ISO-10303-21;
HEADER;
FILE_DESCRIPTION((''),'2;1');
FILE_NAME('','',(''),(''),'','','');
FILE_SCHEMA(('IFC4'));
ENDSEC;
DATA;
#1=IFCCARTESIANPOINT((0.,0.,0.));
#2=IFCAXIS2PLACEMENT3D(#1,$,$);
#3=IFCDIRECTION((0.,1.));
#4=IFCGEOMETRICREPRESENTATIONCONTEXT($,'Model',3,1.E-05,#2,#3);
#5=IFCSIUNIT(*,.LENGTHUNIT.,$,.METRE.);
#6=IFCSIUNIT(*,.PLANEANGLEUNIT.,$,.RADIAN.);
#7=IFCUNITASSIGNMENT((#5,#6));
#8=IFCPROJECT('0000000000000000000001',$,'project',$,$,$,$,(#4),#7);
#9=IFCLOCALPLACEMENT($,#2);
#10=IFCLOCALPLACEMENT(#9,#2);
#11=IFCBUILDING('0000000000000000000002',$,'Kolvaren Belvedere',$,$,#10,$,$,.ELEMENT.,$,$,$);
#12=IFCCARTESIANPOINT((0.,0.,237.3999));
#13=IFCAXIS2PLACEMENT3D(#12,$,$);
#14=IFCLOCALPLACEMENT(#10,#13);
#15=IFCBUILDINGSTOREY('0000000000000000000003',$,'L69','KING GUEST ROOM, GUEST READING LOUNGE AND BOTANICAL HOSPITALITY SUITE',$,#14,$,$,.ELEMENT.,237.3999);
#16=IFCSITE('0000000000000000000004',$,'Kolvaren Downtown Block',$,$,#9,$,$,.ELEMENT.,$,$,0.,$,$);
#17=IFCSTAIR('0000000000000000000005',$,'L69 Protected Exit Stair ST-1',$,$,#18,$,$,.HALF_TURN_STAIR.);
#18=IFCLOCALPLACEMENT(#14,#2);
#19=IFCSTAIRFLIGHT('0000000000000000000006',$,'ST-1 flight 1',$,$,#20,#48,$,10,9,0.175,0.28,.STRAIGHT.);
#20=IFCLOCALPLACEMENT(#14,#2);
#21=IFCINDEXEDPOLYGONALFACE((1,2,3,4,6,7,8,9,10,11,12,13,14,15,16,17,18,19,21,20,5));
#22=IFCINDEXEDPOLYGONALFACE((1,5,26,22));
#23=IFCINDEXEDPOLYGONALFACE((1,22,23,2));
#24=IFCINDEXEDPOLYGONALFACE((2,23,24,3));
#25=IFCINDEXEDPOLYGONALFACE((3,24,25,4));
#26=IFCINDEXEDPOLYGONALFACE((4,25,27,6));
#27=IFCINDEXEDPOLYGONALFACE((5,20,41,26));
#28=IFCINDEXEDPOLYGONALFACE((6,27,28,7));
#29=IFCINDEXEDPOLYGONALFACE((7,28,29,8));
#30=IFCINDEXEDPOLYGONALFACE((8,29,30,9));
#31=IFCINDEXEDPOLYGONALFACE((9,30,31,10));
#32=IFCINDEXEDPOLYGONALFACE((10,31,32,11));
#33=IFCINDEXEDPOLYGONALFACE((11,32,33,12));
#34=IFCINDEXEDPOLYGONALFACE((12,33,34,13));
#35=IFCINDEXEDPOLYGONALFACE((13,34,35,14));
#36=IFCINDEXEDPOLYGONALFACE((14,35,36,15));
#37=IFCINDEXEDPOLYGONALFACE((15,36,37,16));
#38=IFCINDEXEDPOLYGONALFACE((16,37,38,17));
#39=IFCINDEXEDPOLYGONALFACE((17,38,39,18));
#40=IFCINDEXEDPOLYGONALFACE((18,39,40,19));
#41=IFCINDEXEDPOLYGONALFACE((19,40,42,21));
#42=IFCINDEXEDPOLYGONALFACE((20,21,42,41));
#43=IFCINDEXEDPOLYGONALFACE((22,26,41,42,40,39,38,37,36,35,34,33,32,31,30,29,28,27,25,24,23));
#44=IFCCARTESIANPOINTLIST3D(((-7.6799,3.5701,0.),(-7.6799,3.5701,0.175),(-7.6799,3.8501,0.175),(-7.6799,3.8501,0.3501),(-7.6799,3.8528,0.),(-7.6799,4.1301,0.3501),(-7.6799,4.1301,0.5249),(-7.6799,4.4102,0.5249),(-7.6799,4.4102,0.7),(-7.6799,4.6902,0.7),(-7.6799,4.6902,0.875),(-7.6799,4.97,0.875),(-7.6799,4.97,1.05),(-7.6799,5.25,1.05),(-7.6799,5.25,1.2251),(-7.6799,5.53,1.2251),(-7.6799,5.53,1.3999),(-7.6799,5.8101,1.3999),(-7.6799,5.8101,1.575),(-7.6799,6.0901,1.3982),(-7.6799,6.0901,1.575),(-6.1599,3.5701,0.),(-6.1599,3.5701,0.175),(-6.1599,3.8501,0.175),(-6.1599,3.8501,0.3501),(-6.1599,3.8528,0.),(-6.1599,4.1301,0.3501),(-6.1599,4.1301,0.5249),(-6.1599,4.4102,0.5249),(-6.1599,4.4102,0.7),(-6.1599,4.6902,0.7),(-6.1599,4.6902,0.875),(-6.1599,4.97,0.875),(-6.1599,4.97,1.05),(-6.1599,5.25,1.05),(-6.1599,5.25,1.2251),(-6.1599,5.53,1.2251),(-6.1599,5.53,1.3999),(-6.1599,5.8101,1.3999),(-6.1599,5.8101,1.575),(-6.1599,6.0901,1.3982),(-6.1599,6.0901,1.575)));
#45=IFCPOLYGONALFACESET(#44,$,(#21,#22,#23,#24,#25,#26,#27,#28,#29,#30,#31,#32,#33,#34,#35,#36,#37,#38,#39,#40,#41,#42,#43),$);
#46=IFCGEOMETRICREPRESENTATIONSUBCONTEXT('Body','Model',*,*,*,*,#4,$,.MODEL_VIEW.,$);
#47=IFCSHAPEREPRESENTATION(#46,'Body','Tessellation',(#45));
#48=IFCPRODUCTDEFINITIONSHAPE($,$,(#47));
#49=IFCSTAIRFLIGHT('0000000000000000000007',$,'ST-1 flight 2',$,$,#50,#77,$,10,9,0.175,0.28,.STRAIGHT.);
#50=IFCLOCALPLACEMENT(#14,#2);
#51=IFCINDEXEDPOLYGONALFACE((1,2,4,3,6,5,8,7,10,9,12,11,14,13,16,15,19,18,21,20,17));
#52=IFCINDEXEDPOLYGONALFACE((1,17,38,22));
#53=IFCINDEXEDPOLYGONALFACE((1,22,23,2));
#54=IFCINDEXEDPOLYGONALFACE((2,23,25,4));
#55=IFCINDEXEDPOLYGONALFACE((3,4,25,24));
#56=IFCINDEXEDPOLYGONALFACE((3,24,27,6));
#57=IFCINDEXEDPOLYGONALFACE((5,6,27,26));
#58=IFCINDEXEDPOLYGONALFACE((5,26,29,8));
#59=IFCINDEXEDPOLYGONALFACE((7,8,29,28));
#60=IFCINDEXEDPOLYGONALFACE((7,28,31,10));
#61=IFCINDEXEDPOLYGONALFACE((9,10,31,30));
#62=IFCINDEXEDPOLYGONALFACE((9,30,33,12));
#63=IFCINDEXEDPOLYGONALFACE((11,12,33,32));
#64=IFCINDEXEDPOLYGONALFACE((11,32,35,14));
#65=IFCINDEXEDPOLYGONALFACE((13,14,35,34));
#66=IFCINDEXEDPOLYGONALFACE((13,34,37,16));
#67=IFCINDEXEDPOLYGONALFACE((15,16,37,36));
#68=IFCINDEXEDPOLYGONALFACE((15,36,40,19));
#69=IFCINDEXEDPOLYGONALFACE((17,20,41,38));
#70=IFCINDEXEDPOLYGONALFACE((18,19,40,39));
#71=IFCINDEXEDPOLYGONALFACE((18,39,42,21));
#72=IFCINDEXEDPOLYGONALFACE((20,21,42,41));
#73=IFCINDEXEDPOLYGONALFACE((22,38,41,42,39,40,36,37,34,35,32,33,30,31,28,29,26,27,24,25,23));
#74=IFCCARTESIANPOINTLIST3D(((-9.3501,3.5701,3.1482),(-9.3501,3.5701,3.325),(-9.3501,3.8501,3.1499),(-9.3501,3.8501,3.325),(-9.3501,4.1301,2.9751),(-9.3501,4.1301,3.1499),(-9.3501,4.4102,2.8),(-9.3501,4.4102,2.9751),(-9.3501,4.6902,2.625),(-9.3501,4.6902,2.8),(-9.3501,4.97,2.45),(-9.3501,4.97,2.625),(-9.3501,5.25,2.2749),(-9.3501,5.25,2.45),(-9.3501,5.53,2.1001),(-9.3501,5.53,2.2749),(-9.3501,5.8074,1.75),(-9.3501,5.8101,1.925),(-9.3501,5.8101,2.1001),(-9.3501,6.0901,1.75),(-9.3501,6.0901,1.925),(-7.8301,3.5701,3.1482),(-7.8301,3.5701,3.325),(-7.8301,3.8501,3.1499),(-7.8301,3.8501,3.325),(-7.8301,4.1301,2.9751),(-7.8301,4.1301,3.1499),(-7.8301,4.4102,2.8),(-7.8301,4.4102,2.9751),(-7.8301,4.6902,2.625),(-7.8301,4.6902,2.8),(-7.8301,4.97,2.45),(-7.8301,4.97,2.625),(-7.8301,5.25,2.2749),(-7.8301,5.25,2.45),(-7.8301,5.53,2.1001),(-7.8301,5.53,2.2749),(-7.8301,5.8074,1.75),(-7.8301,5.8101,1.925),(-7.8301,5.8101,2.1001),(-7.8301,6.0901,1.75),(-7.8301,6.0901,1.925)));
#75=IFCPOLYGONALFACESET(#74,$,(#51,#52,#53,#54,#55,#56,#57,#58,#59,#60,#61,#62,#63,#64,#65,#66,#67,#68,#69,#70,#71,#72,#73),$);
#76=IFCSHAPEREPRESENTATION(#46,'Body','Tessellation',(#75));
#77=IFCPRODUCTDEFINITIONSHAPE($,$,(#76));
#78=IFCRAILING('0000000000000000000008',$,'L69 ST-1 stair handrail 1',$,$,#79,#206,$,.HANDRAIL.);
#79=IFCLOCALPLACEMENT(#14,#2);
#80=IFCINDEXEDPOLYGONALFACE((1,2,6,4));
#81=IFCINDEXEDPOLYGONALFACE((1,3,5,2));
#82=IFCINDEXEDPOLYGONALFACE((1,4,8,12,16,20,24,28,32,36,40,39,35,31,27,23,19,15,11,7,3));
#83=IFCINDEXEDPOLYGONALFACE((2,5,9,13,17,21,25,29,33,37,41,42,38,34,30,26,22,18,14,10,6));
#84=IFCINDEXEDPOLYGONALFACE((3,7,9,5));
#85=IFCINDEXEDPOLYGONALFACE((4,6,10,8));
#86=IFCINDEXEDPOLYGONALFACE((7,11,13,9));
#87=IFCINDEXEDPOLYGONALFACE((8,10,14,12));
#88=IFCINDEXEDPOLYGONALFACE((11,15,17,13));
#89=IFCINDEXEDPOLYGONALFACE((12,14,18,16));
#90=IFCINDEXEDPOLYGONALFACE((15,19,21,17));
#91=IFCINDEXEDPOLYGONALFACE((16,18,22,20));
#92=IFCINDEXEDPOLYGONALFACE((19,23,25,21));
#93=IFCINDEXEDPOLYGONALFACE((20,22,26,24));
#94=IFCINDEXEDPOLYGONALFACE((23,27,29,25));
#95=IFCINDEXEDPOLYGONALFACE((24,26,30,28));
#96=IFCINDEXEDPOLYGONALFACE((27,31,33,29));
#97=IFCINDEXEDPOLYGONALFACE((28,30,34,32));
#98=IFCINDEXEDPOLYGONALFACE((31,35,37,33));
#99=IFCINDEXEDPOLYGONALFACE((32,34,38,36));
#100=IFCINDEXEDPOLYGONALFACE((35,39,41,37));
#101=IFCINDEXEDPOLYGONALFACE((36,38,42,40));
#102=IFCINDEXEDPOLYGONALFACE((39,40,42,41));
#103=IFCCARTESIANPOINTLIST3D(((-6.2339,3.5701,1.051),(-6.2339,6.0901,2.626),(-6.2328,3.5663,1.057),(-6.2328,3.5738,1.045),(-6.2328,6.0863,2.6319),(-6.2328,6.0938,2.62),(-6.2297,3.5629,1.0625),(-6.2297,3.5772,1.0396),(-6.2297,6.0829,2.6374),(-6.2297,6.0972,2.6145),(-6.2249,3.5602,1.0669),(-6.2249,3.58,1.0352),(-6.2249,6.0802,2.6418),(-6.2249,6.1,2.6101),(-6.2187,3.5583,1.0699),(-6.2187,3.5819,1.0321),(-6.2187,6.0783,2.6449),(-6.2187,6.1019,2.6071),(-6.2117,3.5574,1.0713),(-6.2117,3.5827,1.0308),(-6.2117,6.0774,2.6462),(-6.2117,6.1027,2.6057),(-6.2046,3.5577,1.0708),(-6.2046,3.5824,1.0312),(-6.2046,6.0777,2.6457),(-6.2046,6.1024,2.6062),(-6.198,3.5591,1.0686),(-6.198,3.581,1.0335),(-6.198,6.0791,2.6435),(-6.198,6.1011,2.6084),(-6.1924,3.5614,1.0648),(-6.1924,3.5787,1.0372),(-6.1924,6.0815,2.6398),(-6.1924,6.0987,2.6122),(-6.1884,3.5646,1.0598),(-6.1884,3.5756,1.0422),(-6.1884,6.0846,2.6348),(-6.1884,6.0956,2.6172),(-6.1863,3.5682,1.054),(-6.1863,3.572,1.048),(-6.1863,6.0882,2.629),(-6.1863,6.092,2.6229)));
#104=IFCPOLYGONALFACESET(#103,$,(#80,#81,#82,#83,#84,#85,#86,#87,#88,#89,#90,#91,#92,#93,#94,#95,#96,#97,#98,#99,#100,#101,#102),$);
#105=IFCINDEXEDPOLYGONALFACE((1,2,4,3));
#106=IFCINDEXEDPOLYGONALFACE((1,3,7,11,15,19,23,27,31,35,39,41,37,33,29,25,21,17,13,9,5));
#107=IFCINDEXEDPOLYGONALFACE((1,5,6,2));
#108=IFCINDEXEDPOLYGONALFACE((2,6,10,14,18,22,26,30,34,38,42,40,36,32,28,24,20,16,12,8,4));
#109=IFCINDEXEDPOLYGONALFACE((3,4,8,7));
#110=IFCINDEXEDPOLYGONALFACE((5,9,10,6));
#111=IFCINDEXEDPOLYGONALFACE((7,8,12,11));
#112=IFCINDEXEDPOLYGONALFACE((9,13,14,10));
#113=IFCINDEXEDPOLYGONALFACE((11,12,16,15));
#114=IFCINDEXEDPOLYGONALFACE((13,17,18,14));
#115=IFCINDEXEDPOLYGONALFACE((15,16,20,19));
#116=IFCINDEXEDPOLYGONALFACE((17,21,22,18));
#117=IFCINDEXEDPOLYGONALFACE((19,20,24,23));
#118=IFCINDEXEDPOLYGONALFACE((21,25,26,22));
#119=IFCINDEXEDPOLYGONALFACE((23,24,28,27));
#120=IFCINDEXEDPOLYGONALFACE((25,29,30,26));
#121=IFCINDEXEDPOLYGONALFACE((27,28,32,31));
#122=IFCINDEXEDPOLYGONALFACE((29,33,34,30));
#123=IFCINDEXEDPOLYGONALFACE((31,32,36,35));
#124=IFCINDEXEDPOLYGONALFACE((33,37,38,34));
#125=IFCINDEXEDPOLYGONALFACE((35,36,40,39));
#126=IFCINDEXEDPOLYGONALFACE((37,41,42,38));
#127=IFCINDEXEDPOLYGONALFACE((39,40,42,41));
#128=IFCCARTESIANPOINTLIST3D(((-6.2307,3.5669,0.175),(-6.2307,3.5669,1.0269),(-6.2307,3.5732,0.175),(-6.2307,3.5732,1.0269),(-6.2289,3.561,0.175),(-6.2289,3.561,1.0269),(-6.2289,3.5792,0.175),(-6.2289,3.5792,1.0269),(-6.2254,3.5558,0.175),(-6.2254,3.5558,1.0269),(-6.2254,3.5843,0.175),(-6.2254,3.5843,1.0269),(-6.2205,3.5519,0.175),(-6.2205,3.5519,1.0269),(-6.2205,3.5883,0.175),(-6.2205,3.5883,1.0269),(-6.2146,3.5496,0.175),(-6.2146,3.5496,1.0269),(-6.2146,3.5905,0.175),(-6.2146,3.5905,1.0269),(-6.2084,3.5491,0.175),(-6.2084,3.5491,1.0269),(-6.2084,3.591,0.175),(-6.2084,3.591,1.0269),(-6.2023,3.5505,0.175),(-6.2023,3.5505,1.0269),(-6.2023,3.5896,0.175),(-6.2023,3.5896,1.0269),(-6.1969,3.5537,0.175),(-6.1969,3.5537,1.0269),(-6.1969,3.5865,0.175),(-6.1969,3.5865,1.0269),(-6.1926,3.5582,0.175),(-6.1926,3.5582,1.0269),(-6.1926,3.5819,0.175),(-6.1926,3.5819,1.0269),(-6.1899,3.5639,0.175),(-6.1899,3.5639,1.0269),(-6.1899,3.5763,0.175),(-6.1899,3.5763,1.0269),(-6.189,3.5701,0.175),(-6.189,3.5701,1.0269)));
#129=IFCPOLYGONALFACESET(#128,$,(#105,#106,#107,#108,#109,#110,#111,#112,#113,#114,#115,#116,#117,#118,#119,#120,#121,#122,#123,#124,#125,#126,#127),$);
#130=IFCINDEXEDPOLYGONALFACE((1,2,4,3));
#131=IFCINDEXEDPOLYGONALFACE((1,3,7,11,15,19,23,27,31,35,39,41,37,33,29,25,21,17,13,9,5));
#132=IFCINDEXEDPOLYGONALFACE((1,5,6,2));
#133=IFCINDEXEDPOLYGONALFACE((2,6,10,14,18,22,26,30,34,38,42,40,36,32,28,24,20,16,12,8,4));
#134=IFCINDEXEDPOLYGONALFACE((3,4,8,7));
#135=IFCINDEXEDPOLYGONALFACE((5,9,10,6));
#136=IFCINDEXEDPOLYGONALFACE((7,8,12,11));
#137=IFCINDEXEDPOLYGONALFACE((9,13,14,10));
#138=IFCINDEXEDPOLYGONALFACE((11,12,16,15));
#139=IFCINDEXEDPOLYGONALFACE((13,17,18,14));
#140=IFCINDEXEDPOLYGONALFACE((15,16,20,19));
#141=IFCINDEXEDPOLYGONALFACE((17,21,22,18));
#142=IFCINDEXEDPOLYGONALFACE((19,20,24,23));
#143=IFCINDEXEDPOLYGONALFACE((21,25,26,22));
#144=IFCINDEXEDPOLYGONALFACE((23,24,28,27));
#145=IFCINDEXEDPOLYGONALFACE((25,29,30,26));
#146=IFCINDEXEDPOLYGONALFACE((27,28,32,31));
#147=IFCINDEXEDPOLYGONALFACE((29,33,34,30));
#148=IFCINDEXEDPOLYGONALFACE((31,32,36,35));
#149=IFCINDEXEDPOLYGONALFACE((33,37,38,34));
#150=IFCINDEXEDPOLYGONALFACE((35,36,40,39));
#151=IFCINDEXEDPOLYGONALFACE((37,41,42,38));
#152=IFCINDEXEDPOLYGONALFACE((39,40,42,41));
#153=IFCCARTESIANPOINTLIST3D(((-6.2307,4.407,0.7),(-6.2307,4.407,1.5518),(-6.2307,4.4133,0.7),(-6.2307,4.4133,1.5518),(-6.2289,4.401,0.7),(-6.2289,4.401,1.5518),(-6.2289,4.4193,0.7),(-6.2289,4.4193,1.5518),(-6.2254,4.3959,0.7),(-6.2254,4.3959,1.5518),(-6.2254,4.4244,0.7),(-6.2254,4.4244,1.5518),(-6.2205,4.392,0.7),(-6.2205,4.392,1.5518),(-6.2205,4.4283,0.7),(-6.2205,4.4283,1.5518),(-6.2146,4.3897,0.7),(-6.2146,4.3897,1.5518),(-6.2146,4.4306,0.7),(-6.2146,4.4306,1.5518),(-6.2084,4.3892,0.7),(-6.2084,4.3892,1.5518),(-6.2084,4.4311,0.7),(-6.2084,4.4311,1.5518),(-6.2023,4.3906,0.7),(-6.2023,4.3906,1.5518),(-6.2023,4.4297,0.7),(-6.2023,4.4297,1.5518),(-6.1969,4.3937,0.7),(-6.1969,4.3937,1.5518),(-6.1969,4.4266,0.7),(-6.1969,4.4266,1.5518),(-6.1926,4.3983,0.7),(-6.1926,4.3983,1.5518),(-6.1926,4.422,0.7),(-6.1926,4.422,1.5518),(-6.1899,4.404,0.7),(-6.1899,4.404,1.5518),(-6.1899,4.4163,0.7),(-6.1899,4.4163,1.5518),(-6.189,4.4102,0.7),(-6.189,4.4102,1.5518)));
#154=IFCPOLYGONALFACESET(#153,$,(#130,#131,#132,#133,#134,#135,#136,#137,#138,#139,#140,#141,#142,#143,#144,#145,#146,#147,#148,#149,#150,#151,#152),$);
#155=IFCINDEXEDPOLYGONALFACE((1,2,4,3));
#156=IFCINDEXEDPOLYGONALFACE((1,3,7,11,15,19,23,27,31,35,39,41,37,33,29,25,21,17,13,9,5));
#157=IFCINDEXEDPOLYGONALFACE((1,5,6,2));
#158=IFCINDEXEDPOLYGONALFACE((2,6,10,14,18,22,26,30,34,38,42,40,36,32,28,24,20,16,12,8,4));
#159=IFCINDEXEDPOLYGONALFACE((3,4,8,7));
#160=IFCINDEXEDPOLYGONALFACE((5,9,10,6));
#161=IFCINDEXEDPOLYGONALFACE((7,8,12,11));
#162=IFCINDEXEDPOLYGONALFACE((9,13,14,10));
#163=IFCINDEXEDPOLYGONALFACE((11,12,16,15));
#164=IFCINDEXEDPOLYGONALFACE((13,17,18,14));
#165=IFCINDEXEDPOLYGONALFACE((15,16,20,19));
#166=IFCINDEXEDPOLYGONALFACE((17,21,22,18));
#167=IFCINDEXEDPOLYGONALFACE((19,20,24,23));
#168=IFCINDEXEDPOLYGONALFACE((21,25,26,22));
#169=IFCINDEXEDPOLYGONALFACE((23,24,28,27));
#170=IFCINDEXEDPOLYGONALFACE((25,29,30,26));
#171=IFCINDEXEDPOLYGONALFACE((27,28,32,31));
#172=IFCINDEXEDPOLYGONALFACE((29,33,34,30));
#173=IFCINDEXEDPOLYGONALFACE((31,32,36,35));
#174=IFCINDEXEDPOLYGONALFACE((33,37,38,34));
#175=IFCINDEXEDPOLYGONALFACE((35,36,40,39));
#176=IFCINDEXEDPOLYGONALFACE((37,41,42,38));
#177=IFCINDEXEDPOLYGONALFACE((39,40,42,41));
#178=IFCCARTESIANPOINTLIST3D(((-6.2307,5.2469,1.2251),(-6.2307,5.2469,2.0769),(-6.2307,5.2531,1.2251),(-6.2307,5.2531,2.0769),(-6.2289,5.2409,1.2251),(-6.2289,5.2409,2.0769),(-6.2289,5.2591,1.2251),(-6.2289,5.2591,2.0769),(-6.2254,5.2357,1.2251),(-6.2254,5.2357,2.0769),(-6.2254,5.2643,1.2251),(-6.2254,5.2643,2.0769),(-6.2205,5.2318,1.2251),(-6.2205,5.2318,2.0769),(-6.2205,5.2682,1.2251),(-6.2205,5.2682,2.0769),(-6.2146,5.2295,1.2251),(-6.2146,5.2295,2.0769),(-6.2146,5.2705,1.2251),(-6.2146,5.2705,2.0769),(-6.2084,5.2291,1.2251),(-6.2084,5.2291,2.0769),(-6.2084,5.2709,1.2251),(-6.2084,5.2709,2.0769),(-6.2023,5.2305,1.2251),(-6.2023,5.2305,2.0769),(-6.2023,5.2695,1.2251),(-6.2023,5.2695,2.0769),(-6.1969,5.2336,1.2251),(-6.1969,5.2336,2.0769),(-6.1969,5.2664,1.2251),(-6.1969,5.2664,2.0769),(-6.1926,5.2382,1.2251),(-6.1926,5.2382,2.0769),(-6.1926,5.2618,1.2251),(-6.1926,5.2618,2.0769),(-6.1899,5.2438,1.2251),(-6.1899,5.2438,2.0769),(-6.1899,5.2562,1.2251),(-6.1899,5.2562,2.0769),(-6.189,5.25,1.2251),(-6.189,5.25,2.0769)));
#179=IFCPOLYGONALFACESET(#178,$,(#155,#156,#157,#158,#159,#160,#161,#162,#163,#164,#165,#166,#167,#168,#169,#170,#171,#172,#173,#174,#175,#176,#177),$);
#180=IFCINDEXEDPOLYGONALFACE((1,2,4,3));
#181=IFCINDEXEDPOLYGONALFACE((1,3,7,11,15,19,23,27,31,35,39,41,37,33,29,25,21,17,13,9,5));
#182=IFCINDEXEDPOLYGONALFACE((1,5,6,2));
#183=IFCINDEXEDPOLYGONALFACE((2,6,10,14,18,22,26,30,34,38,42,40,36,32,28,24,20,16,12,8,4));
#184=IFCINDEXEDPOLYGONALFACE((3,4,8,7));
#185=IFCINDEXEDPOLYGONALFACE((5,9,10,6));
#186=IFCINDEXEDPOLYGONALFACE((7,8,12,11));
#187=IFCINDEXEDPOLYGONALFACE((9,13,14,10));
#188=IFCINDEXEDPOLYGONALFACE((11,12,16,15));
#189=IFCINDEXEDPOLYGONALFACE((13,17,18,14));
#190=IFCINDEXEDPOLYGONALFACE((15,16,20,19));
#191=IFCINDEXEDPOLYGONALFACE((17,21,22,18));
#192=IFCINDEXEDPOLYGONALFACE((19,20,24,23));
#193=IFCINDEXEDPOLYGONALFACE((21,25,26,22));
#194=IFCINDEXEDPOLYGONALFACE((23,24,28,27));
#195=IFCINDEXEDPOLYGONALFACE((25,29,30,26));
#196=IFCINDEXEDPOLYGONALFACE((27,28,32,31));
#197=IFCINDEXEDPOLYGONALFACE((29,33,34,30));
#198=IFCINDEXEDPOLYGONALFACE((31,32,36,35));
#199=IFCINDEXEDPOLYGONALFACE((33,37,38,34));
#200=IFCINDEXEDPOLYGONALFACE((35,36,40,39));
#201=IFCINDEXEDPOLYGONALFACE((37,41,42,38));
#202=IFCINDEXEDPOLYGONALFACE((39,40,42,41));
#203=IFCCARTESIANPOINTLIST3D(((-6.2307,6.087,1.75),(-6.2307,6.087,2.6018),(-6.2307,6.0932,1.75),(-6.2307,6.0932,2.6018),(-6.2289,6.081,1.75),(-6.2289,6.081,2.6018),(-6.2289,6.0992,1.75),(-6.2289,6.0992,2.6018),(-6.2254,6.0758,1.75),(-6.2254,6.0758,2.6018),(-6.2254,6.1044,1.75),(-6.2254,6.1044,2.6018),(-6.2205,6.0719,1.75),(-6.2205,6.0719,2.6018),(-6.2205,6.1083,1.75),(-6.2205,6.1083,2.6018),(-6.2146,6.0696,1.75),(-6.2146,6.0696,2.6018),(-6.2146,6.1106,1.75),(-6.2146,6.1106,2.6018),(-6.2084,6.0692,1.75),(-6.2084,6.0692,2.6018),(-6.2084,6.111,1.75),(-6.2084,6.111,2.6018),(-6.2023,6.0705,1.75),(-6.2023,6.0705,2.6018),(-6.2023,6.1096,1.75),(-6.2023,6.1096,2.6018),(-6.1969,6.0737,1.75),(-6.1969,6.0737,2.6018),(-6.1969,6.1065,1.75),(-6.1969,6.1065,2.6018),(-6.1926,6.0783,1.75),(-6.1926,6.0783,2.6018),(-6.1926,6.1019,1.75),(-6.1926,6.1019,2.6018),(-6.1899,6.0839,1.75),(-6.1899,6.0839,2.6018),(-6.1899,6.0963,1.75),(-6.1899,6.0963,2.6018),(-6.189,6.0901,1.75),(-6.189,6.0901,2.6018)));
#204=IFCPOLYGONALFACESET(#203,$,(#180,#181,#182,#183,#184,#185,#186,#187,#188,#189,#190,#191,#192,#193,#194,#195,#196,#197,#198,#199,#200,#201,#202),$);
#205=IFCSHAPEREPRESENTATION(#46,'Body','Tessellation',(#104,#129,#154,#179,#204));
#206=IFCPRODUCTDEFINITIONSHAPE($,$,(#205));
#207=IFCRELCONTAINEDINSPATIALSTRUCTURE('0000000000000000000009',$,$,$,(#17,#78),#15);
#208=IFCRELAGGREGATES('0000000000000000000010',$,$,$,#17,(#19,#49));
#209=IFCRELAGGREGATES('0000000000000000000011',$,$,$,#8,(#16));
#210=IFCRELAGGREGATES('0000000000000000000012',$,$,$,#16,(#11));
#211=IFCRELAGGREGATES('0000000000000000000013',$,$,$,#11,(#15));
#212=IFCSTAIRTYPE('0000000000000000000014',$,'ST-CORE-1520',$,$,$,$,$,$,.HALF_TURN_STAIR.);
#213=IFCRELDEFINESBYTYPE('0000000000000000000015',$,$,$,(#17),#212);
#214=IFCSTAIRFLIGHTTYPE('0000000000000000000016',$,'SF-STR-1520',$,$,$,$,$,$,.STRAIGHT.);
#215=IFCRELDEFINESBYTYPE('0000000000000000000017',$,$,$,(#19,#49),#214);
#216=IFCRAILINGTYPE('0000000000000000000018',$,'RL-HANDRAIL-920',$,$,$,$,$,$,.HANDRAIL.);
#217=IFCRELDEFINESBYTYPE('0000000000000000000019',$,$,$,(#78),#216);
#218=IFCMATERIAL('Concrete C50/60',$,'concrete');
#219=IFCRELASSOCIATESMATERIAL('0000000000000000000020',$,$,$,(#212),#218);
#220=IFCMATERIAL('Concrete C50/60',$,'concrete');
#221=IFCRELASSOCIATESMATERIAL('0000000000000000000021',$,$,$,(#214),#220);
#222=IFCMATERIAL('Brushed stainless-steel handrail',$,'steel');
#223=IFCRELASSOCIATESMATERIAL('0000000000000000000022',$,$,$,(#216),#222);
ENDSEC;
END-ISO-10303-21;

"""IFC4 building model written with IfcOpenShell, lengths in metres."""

from ifc_helpers import new_model, si_unit, direction, frame, origin, origin_2d, place, context, subcontext, project, spatial, polyline, circle, outline, extrude, material, type_object, element, aggregate, save


model = new_model("IFC4")

# Units and contexts
model_context = context("Model", 3, precision=1e-05, world=origin(), true_north=direction((0.0, 1.0)))
body_context = subcontext(model_context, "Body", "Model", "MODEL_VIEW")
ifc_project = project(units=[si_unit("LENGTHUNIT", "METRE"), si_unit("PLANEANGLEUNIT", "RADIAN")], contexts=[model_context])

# Site, building, storey
site_placement = place(None, origin())
site = spatial("IfcSite", under=ifc_project, at=site_placement, Name="Kolvaren Downtown Block", CompositionType="ELEMENT", RefElevation=0.0)
building_placement = place(site_placement, origin())
building = spatial("IfcBuilding", under=site, at=building_placement, Name="Kolvaren Belvedere", CompositionType="ELEMENT")
storey_placement = place(building_placement, frame((0.0, 0.0, 237.3999)))
storey = spatial("IfcBuildingStorey", under=building, at=storey_placement, Name="L69", Description="KING GUEST ROOM, GUEST READING LOUNGE AND BOTANICAL HOSPITALITY SUITE", CompositionType="ELEMENT", Elevation=237.3999)

# Stair, stair flights
ifc_material_1 = material(Name="Concrete C50/60", Category="concrete")
stair_type = type_object("IfcStairType", Name="ST-CORE-1520", PredefinedType="HALF_TURN_STAIR", material=ifc_material_1)
stair_placement = place(storey_placement, origin())
stair = element("IfcStair", 1, at=stair_placement, inside=storey, type_object=stair_type, Name="L69 Protected Exit Stair ST-1", PredefinedType="HALF_TURN_STAIR")
ifc_material_2 = material(Name="Concrete C50/60", Category="concrete")
stair_flight_type = type_object("IfcStairFlightType", Name="SF-STR-1520", PredefinedType="STRAIGHT", material=ifc_material_2)
stair_flight_1_placement = place(storey_placement, frame((-6.9199, 3.5701, 0.0), z_axis=(0.0, 0.0, 1.0), x_axis=(0.0, 1.0, 0.0)))
stair_flight_1 = element("IfcStairFlight", 2, at=stair_flight_1_placement, type_object=stair_flight_type, Name="ST-1 flight 1", NumberOfRisers=10, NumberOfTreads=9, PredefinedType="STRAIGHT", RiserHeight=0.175, TreadLength=0.28, context=body_context, shape_type="SweptSolid", body=[
    extrude(outline(polyline([(0.0, 0.0), (0.0, 0.175), (0.28, 0.175), (0.28, 0.3501), (0.5601, 0.3501), (0.5601, 0.5249), (0.8401, 0.5249), (0.8401, 0.7), (1.1201, 0.7), (1.1201, 0.875), (1.3999, 0.875), (1.3999, 1.05), (1.6799, 1.05), (1.6799, 1.2251), (1.96, 1.2251), (1.96, 1.3999), (2.24, 1.3999), (2.24, 1.575), (2.52, 1.575), (2.52, 1.75), (2.52, 1.3982), (0.2827, 0.0), (0.0, 0.0)])), frame((0.0, 0.76, 0.0), z_axis=(0.0, -1.0, 0.0), x_axis=(1.0, 0.0, 0.0)), (0.0, 0.0, 1.0), 1.52),
])
stair_flight_2_placement = place(storey_placement, frame((-8.5901, 6.0901, 1.75), z_axis=(0.0, 0.0, 1.0), x_axis=(0.0, -1.0, 0.0)))
stair_flight_2 = element("IfcStairFlight", 3, at=stair_flight_2_placement, type_object=stair_flight_type, Name="ST-1 flight 2", NumberOfRisers=10, NumberOfTreads=9, PredefinedType="STRAIGHT", RiserHeight=0.175, TreadLength=0.28, context=body_context, shape_type="SweptSolid", body=[
    extrude(outline(polyline([(0.0, 0.0), (0.0, 0.175), (0.28, 0.175), (0.28, 0.3501), (0.5601, 0.3501), (0.5601, 0.5249), (0.8401, 0.5249), (0.8401, 0.7), (1.1201, 0.7), (1.1201, 0.875), (1.3999, 0.875), (1.3999, 1.05), (1.6799, 1.05), (1.6799, 1.2251), (1.96, 1.2251), (1.96, 1.3999), (2.24, 1.3999), (2.24, 1.575), (2.52, 1.575), (2.52, 1.75), (2.52, 1.3982), (0.2827, 0.0), (0.0, 0.0)])), frame((0.0, 0.76, 0.0), z_axis=(0.0, -1.0, 0.0), x_axis=(1.0, 0.0, 0.0)), (0.0, 0.0, 1.0), 1.52),
])
aggregate(stair, [stair_flight_1, stair_flight_2])

# Railing
ifc_material_3 = material(Name="Brushed stainless-steel handrail", Category="steel")
railing_type_1 = type_object("IfcRailingType", Name="RL-HANDRAIL-920", PredefinedType="HANDRAIL", material=ifc_material_3)
railing_1_placement = place(storey_placement, frame((-6.21, 3.5701, 0.175)))
element("IfcRailing", 4, at=railing_1_placement, inside=storey, type_object=railing_type_1, Name="L69 ST-1 stair handrail 1", PredefinedType="HANDRAIL", context=body_context, shape_type="SweptSolid", body=[
    extrude(circle(Radius=0.0239, at=origin_2d()), frame((0.0, 0.0, 0.876), z_axis=(0.0, 0.848008, 0.529984), x_axis=(-1.0, 0.0, 0.0)), (0.0, 0.0, 1.0), 2.9717),
    extrude(circle(Radius=0.021, at=origin_2d()), origin(), (0.0, 0.0, 1.0), 0.8518),
    extrude(circle(Radius=0.021, at=origin_2d()), frame((0.0, 0.8401, 0.5249)), (0.0, 0.0, 1.0), 0.8518),
    extrude(circle(Radius=0.021, at=origin_2d()), frame((0.0, 1.6799, 1.05)), (0.0, 0.0, 1.0), 0.8518),
    extrude(circle(Radius=0.021, at=origin_2d()), frame((0.0, 2.52, 1.575)), (0.0, 0.0, 1.0), 0.8518),
])

save(model, "model.ifc")
